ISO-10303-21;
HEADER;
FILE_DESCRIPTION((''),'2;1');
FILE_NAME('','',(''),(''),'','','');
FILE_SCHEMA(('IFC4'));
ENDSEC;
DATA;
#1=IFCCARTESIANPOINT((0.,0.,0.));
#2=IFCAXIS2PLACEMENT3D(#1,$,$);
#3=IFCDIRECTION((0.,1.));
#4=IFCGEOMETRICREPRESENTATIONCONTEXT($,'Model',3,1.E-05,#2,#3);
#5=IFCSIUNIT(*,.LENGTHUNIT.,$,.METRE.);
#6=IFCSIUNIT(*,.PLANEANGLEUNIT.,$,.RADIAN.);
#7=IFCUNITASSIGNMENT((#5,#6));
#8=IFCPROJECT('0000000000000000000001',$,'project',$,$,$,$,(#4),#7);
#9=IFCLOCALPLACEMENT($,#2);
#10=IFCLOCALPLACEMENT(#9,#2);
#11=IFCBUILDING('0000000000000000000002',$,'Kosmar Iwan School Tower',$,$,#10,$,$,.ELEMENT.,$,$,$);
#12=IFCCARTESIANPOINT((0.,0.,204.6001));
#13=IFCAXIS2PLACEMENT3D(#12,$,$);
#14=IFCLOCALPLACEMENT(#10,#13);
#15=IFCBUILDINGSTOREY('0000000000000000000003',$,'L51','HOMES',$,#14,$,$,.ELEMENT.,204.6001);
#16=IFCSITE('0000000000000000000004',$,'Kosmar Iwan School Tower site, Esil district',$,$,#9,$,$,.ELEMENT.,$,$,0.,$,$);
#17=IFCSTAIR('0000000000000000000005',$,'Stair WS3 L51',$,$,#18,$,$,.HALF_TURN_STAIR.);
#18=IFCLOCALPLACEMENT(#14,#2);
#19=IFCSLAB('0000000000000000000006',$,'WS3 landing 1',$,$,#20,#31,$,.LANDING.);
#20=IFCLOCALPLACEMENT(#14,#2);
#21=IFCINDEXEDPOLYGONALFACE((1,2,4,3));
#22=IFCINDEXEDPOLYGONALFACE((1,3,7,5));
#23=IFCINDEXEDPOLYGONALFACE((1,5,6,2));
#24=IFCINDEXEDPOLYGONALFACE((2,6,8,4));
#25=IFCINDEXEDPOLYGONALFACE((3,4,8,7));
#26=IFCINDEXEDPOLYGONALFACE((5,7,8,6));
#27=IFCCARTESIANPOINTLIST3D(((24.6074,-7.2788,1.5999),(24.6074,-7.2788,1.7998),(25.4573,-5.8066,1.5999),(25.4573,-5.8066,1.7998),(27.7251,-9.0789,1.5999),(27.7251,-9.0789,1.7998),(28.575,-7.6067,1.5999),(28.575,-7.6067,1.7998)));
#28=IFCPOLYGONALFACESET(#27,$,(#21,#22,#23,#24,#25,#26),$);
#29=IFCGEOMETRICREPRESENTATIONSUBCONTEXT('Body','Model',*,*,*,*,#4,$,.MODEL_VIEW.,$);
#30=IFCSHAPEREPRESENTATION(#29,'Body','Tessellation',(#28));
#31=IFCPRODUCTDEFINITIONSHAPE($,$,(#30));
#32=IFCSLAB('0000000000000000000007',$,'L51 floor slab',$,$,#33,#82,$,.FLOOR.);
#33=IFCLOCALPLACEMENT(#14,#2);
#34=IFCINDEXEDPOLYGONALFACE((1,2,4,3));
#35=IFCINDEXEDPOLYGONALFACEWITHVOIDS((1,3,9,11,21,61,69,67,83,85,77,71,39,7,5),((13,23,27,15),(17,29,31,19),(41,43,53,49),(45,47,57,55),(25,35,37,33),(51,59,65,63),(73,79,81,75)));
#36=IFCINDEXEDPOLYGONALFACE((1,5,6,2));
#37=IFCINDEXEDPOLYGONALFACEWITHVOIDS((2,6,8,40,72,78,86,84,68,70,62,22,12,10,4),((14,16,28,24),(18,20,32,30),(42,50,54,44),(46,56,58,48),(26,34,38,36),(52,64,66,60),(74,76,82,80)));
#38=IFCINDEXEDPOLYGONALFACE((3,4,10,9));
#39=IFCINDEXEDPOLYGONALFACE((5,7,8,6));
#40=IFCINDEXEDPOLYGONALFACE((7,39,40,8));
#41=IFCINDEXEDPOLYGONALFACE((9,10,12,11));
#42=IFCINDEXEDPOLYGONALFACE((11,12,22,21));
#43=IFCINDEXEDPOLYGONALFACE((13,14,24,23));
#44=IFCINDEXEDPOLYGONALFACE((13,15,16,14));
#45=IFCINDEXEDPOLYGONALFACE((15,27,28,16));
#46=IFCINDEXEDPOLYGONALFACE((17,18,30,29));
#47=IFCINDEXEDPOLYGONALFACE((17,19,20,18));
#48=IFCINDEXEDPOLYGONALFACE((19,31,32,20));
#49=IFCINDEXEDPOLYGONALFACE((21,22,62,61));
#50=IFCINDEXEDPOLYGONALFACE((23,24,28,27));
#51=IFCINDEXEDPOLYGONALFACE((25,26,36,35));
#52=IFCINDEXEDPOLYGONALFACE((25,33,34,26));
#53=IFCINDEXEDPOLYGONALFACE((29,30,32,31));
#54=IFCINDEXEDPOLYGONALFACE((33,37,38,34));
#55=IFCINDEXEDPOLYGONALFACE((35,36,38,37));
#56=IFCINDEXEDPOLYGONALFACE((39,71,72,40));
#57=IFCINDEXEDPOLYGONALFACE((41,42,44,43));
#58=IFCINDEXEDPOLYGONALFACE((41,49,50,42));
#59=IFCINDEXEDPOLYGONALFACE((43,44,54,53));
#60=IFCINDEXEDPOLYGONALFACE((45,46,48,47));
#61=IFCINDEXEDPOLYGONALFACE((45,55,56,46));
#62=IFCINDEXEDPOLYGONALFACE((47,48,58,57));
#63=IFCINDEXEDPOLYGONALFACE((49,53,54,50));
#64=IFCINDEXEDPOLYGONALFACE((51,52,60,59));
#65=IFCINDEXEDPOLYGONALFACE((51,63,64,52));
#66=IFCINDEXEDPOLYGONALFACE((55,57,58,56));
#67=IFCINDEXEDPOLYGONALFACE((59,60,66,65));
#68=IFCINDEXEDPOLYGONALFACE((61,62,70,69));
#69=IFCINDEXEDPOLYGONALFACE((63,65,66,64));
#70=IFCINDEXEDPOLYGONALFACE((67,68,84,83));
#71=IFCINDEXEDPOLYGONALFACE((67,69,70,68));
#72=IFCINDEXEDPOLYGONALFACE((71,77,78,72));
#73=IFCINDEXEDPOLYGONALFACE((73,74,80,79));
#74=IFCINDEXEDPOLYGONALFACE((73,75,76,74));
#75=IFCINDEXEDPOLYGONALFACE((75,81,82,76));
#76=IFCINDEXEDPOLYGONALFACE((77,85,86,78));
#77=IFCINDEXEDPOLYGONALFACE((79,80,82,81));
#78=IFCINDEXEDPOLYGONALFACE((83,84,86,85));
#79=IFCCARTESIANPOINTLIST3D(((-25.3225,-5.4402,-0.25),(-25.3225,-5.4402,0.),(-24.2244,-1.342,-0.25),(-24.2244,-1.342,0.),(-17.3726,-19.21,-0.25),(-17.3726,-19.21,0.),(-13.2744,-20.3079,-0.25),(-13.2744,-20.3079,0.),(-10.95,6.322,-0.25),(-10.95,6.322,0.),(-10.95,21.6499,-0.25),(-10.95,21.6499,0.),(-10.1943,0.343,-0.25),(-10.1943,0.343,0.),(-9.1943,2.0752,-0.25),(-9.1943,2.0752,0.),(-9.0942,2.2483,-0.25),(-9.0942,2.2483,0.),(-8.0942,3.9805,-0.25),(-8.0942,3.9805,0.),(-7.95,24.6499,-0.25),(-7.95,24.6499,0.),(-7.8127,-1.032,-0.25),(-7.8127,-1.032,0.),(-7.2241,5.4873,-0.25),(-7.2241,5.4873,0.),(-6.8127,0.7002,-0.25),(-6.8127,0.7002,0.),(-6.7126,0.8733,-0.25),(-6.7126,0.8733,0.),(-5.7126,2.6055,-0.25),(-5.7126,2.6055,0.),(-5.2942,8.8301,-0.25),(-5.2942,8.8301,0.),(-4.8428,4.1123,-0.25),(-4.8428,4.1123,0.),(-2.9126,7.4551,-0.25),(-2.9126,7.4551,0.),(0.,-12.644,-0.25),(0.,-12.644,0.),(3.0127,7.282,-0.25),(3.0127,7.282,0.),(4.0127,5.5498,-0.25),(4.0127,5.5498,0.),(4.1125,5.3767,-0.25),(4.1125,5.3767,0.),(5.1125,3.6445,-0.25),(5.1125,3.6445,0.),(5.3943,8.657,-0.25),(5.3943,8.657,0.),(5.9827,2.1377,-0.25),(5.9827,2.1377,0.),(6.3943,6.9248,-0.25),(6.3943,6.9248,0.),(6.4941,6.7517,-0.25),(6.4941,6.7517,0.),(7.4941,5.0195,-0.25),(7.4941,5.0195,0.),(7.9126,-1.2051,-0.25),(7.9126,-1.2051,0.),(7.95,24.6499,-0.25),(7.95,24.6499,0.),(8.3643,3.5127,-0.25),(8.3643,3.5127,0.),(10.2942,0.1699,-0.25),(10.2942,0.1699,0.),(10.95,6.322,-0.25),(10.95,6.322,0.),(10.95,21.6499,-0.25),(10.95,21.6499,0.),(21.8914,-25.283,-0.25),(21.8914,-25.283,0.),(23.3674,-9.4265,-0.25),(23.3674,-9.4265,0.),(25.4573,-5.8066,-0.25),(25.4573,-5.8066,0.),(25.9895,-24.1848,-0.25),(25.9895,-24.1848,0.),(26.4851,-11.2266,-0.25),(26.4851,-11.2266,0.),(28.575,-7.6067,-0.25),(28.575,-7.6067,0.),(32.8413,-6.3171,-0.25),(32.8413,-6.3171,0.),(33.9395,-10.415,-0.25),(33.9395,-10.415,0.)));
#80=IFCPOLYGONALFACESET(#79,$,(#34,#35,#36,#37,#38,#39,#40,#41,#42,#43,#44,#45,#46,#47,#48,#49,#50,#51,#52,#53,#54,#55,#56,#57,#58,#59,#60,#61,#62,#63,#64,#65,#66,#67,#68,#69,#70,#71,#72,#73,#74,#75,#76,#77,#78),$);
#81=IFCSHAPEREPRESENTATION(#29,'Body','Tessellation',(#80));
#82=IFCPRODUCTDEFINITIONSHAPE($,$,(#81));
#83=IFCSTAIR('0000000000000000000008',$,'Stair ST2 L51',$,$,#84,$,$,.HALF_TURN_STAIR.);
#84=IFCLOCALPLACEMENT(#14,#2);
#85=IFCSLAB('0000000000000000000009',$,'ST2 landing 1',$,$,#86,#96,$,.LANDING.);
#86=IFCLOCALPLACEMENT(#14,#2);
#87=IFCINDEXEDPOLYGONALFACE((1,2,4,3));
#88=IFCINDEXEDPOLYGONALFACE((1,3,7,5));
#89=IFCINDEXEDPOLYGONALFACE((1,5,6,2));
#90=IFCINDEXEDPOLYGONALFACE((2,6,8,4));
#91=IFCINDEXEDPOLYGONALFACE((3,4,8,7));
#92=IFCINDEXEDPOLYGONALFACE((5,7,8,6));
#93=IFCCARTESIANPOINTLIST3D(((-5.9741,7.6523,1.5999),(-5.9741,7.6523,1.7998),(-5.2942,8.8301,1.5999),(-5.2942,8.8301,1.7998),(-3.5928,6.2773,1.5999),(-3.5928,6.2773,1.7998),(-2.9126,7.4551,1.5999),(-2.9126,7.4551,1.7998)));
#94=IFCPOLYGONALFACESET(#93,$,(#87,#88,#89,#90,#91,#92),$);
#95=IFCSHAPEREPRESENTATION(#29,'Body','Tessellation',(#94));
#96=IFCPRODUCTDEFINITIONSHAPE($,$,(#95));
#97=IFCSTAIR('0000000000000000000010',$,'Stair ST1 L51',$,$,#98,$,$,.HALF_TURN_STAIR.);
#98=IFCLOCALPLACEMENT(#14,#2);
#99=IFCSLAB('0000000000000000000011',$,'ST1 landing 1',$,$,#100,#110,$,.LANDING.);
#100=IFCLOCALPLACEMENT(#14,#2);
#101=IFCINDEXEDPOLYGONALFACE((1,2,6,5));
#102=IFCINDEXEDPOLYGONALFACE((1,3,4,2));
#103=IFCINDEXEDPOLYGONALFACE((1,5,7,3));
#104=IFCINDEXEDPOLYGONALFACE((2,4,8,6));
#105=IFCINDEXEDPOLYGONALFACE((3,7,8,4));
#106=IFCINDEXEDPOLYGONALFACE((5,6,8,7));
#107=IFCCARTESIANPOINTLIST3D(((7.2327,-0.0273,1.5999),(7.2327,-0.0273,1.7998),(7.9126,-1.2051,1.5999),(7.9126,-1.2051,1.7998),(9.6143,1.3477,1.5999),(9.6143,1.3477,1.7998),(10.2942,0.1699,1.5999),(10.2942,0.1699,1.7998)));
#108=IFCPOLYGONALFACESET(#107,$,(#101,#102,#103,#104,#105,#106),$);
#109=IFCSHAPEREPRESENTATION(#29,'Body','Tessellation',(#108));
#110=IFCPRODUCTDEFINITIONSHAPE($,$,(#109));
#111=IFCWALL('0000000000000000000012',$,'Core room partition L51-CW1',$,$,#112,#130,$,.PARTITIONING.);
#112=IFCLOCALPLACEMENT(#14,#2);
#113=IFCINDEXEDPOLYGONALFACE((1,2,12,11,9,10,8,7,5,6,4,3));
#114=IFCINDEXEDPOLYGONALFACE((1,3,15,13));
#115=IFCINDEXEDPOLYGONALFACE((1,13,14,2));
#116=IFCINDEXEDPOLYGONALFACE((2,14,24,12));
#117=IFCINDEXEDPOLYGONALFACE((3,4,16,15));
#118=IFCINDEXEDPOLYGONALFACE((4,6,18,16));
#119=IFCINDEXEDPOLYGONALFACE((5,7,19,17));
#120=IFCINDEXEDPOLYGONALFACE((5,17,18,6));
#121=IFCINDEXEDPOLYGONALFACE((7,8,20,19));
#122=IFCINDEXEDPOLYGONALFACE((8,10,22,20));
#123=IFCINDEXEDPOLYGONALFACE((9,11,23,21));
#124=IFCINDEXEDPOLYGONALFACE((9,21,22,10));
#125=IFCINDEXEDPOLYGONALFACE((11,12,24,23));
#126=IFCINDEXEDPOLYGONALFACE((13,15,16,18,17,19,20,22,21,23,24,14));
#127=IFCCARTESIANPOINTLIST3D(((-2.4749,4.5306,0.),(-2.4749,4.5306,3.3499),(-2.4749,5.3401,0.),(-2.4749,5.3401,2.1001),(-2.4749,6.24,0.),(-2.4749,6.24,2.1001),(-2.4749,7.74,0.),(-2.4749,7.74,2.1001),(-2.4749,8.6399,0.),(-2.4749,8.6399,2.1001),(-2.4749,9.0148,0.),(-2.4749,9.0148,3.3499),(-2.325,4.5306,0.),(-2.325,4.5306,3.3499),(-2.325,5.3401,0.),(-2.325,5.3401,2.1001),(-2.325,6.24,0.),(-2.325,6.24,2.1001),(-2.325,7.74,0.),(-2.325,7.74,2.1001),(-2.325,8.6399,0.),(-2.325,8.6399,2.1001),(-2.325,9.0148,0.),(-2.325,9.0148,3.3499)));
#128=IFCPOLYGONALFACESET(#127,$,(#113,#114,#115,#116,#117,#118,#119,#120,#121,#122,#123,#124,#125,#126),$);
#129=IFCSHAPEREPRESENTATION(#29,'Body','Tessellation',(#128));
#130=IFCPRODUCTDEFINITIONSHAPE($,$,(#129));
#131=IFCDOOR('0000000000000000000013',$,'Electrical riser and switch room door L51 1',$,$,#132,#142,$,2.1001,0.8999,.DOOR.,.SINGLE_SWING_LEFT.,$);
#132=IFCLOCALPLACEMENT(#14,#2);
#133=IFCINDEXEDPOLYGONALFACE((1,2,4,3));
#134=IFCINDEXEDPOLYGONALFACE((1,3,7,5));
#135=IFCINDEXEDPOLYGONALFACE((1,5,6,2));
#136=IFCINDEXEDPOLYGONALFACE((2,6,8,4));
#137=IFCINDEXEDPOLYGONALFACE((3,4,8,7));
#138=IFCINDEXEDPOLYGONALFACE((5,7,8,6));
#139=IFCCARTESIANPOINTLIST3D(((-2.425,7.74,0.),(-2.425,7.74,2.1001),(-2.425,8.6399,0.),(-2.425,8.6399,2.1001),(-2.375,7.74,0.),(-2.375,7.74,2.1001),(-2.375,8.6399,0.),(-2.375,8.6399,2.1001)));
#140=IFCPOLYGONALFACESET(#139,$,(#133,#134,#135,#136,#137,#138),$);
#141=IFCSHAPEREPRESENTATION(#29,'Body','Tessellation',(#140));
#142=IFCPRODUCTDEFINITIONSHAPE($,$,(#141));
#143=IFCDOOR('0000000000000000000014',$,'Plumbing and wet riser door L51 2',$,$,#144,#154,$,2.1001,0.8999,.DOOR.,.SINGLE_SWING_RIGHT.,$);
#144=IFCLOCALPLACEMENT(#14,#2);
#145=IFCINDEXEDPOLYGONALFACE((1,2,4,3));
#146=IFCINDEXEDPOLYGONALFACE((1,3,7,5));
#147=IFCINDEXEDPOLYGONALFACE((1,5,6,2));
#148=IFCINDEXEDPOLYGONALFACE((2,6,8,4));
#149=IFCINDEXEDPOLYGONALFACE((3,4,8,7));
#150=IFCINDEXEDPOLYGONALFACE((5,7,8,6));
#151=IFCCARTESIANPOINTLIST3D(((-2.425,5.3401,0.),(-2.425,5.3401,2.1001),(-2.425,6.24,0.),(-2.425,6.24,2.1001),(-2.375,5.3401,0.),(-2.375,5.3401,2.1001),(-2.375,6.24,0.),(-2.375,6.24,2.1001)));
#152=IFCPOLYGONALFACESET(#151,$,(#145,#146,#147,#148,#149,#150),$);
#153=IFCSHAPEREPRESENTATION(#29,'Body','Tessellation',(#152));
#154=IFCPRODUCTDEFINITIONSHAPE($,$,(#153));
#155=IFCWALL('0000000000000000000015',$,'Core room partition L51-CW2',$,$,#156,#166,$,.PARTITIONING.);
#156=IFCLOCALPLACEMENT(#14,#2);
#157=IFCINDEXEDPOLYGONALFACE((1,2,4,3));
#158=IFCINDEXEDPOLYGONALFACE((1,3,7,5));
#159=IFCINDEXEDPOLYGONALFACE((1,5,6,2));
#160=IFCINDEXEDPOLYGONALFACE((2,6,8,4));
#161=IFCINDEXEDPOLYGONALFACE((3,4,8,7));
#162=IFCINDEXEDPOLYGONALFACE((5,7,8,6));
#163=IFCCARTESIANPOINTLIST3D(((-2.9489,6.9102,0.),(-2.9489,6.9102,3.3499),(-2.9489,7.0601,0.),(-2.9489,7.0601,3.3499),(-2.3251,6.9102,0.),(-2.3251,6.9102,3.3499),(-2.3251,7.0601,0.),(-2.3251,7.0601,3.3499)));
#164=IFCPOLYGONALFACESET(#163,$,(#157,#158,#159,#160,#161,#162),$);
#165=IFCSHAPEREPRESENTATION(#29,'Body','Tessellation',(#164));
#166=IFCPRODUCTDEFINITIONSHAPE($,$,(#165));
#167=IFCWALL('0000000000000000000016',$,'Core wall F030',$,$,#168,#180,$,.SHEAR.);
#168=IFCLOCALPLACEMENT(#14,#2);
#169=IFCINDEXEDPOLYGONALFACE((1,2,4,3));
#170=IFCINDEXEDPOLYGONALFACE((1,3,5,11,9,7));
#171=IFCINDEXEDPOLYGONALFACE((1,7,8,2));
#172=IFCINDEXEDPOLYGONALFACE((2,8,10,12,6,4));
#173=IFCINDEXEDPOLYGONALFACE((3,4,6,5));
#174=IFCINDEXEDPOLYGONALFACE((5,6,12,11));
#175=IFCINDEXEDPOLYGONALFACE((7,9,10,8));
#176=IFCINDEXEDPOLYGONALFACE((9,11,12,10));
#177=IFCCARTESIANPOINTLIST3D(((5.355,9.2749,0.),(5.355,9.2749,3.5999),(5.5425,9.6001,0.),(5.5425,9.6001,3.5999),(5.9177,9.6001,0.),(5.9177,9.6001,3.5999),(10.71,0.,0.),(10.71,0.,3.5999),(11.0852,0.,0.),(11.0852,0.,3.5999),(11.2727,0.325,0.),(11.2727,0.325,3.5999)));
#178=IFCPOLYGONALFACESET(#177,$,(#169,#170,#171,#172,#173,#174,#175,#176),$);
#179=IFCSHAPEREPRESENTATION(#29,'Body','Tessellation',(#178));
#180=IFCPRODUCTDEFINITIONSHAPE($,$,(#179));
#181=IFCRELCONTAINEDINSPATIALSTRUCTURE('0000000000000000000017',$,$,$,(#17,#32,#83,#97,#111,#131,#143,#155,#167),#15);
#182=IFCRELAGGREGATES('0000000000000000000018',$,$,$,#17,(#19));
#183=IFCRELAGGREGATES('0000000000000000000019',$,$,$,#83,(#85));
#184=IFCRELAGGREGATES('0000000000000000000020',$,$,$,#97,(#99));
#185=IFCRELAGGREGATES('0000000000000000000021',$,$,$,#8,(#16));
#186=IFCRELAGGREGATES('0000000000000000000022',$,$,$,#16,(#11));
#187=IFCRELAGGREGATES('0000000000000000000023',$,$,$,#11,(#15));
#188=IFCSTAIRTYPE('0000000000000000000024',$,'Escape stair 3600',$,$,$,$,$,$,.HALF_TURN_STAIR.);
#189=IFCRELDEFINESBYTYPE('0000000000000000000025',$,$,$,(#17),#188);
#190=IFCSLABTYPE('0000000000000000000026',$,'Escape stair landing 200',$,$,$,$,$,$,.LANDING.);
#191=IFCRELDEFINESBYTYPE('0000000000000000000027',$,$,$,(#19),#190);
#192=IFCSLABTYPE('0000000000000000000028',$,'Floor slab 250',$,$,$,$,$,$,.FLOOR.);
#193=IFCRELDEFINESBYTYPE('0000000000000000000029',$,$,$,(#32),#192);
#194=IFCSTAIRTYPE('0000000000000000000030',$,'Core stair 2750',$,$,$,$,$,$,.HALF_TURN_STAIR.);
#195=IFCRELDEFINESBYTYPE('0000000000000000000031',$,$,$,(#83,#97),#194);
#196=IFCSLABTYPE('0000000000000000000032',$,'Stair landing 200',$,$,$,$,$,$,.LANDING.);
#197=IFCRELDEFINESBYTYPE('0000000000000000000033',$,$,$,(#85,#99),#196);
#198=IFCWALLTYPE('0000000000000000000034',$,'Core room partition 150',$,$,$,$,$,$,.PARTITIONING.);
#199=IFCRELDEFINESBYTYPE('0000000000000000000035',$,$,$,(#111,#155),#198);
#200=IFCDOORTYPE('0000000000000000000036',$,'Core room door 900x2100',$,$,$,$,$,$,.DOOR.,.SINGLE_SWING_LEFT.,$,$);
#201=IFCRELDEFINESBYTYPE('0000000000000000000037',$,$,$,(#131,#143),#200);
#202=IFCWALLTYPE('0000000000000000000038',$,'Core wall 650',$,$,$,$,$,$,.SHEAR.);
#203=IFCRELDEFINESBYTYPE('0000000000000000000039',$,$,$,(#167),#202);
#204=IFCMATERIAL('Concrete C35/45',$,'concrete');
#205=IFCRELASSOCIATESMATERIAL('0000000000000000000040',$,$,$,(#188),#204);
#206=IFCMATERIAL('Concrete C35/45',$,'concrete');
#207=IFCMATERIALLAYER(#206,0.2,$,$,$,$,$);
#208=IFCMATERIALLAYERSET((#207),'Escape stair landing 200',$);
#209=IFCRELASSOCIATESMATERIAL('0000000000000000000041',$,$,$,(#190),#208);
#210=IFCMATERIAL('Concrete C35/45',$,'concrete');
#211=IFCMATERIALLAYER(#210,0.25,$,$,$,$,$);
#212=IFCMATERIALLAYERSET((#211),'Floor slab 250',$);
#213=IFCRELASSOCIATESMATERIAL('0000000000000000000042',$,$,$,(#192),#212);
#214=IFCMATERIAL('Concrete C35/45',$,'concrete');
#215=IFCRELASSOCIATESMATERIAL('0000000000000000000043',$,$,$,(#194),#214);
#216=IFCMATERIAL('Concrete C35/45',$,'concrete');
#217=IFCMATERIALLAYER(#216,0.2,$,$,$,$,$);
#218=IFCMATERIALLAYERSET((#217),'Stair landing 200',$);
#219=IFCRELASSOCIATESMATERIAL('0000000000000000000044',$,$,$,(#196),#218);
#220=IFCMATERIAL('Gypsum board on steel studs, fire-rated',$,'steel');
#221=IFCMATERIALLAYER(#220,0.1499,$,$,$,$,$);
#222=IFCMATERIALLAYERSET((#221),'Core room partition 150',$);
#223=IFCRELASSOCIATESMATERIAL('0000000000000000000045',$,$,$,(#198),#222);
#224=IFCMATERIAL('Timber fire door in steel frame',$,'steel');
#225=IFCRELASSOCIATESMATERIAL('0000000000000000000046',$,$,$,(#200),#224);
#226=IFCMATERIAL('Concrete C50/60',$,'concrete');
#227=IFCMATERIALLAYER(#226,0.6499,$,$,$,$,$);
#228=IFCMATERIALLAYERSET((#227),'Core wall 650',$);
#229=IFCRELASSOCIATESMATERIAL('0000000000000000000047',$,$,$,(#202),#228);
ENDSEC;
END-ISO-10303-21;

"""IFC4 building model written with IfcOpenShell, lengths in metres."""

from ifc_helpers import new_model, si_unit, direction, frame, frame_2d, origin, place, context, subcontext, project, spatial, polyline, rectangle, outline, extrude, material, layer, layer_set, type_object, element, fill, aggregate, save


model = new_model("IFC4")

# Units and contexts
model_context = context("Model", 3, precision=1e-05, world=origin(), true_north=direction((0.0, 1.0)))
body_context = subcontext(model_context, "Body", "Model", "MODEL_VIEW")
ifc_project = project(units=[si_unit("LENGTHUNIT", "METRE"), si_unit("PLANEANGLEUNIT", "RADIAN")], contexts=[model_context])

# Site, building, storey
site_placement = place(None, origin())
site = spatial("IfcSite", under=ifc_project, at=site_placement, Name="Kosmar Iwan School Tower site, Esil district", CompositionType="ELEMENT", RefElevation=0.0)
building_placement = place(site_placement, origin())
building = spatial("IfcBuilding", under=site, at=building_placement, Name="Kosmar Iwan School Tower", CompositionType="ELEMENT")
storey_placement = place(building_placement, frame((0.0, 0.0, 204.6001)))
storey = spatial("IfcBuildingStorey", under=building, at=storey_placement, Name="L51", Description="HOMES", CompositionType="ELEMENT", Elevation=204.6001)

# Stair, slab
ifc_material_1 = material(Name="Concrete C35/45", Category="concrete")
stair_type_1 = type_object("IfcStairType", Name="Escape stair 3600", PredefinedType="HALF_TURN_STAIR", material=ifc_material_1)
stair_1_placement = place(storey_placement, origin())
stair_1 = element("IfcStair", 1, at=stair_1_placement, inside=storey, type_object=stair_type_1, Name="Stair WS3 L51", PredefinedType="HALF_TURN_STAIR")
ifc_material_2 = material(Name="Concrete C35/45", Category="concrete")
ifc_layer_1 = layer(ifc_material_2, 0.2)
ifc_layer_set_1 = layer_set([ifc_layer_1], Name="Escape stair landing 200")
slab_type_1 = type_object("IfcSlabType", Name="Escape stair landing 200", PredefinedType="LANDING", material=ifc_layer_set_1)
slab_1_placement = place(storey_placement, frame((0.0, 0.0, 1.5999)))
slab_1 = element("IfcSlab", 2, at=slab_1_placement, type_object=slab_type_1, Name="WS3 landing 1", PredefinedType="LANDING", context=body_context, shape_type="SweptSolid", body=[
    extrude(outline(polyline([(24.6074, -7.2788), (27.7251, -9.0789), (28.575, -7.6067), (25.4573, -5.8066), (24.6074, -7.2788)])), origin(), (0.0, 0.0, 1.0), 0.2),
])
aggregate(stair_1, [slab_1])

# Slab
ifc_material_3 = material(Name="Concrete C35/45", Category="concrete")
ifc_layer_2 = layer(ifc_material_3, 0.25)
ifc_layer_set_2 = layer_set([ifc_layer_2], Name="Floor slab 250")
slab_type_2 = type_object("IfcSlabType", Name="Floor slab 250", PredefinedType="FLOOR", material=ifc_layer_set_2)
slab_2_placement = place(storey_placement, frame((0.0, 0.0, -0.25)))
element("IfcSlab", 3, at=slab_2_placement, inside=storey, type_object=slab_type_2, Name="L51 floor slab", PredefinedType="FLOOR", context=body_context, shape_type="SweptSolid", body=[
    extrude(outline(polyline([(21.8914, -25.283), (25.9895, -24.1848), (33.9395, -10.415), (32.8413, -6.3171), (10.95, 6.322), (10.95, 21.6499), (7.95, 24.6499), (-7.95, 24.6499), (-10.95, 21.6499), (-10.95, 6.322), (-24.2244, -1.342), (-25.3225, -5.4402), (-17.3726, -19.21), (-13.2744, -20.3079), (0.0, -12.644), (21.8914, -25.283)]), holes=[polyline([(7.9126, -1.2051), (10.2942, 0.1699), (8.3643, 3.5127), (5.9827, 2.1377), (7.9126, -1.2051)]), polyline([(-2.9126, 7.4551), (-5.2942, 8.8301), (-7.2241, 5.4873), (-4.8428, 4.1123), (-2.9126, 7.4551)]), polyline([(-5.7126, 2.6055), (-8.0942, 3.9805), (-9.0942, 2.2483), (-6.7126, 0.8733), (-5.7126, 2.6055)]), polyline([(-6.8127, 0.7002), (-9.1943, 2.0752), (-10.1943, 0.343), (-7.8127, -1.032), (-6.8127, 0.7002)]), polyline([(5.1125, 3.6445), (7.4941, 5.0195), (6.4941, 6.7517), (4.1125, 5.3767), (5.1125, 3.6445)]), polyline([(4.0127, 5.5498), (6.3943, 6.9248), (5.3943, 8.657), (3.0127, 7.282), (4.0127, 5.5498)]), polyline([(23.3674, -9.4265), (26.4851, -11.2266), (28.575, -7.6067), (25.4573, -5.8066), (23.3674, -9.4265)])]), origin(), (0.0, 0.0, 1.0), 0.25),
])

# Stairs, slabs
ifc_material_4 = material(Name="Concrete C35/45", Category="concrete")
stair_type_2 = type_object("IfcStairType", Name="Core stair 2750", PredefinedType="HALF_TURN_STAIR", material=ifc_material_4)
stair_2_placement = place(storey_placement, origin())
stair_2 = element("IfcStair", 4, at=stair_2_placement, inside=storey, type_object=stair_type_2, Name="Stair ST2 L51", PredefinedType="HALF_TURN_STAIR")
ifc_material_5 = material(Name="Concrete C35/45", Category="concrete")
ifc_layer_3 = layer(ifc_material_5, 0.2)
ifc_layer_set_3 = layer_set([ifc_layer_3], Name="Stair landing 200")
slab_type_3 = type_object("IfcSlabType", Name="Stair landing 200", PredefinedType="LANDING", material=ifc_layer_set_3)
slab_3_placement = place(storey_placement, frame((0.0, 0.0, 1.5999)))
slab_3 = element("IfcSlab", 5, at=slab_3_placement, type_object=slab_type_3, Name="ST2 landing 1", PredefinedType="LANDING", context=body_context, shape_type="SweptSolid", body=[
    extrude(outline(polyline([(-2.9126, 7.4551), (-5.2942, 8.8301), (-5.9741, 7.6523), (-3.5928, 6.2773), (-2.9126, 7.4551)])), origin(), (0.0, 0.0, 1.0), 0.2),
])
aggregate(stair_2, [slab_3])
stair_3_placement = place(storey_placement, origin())
stair_3 = element("IfcStair", 6, at=stair_3_placement, inside=storey, type_object=stair_type_2, Name="Stair ST1 L51", PredefinedType="HALF_TURN_STAIR")
slab_4_placement = place(storey_placement, frame((0.0, 0.0, 1.5999)))
slab_4 = element("IfcSlab", 7, at=slab_4_placement, type_object=slab_type_3, Name="ST1 landing 1", PredefinedType="LANDING", context=body_context, shape_type="SweptSolid", body=[
    extrude(outline(polyline([(7.9126, -1.2051), (10.2942, 0.1699), (9.6143, 1.3477), (7.2327, -0.0273), (7.9126, -1.2051)])), origin(), (0.0, 0.0, 1.0), 0.2),
])
aggregate(stair_3, [slab_4])

# Wall, openings, doors
ifc_material_6 = material(Name="Gypsum board on steel studs, fire-rated", Category="steel")
ifc_layer_4 = layer(ifc_material_6, 0.1499)
ifc_layer_set_4 = layer_set([ifc_layer_4], Name="Core room partition 150")
wall_type_1 = type_object("IfcWallType", Name="Core room partition 150", PredefinedType="PARTITIONING", material=ifc_layer_set_4)
wall_1_placement = place(storey_placement, frame((-2.3999, 9.0149, 0.0), z_axis=(0.0, 0.0, 1.0), x_axis=(0.0, -1.0, 0.0)))
wall_1 = element("IfcWall", 8, at=wall_1_placement, inside=storey, type_object=wall_type_1, Name="Core room partition L51-CW1", PredefinedType="PARTITIONING", context=body_context, shape_type="SweptSolid", body=[
    extrude(rectangle(XDim=4.4841, YDim=0.1499, at=frame_2d((2.2422, 0.0))), origin(), (0.0, 0.0, 1.0), 3.3499),
])
opening_1_placement = place(wall_1_placement, frame((0.375, 0.0, 0.0)))
opening_1 = element("IfcOpeningElement", 9, at=opening_1_placement, cuts=wall_1, PredefinedType="OPENING", context=body_context, shape_type="SweptSolid", body=[
    extrude(rectangle(XDim=0.8999, YDim=2.1001, at=frame_2d((0.45, 1.05))), frame((0.0, 0.0869, 0.0), z_axis=(0.0, -1.0, 0.0), x_axis=(1.0, 0.0, 0.0)), (0.0, 0.0, 1.0), 0.1738),
])
opening_2_placement = place(wall_1_placement, frame((2.7749, 0.0, 0.0)))
opening_2 = element("IfcOpeningElement", 10, at=opening_2_placement, cuts=wall_1, PredefinedType="OPENING", context=body_context, shape_type="SweptSolid", body=[
    extrude(rectangle(XDim=0.8999, YDim=2.1001, at=frame_2d((0.45, 1.05))), frame((0.0, 0.0869, 0.0), z_axis=(0.0, -1.0, 0.0), x_axis=(1.0, 0.0, 0.0)), (0.0, 0.0, 1.0), 0.1738),
])
ifc_material_7 = material(Name="Timber fire door in steel frame", Category="steel")
door_type_1 = type_object("IfcDoorType", Name="Core room door 900x2100", OperationType="SINGLE_SWING_LEFT", PredefinedType="DOOR", material=ifc_material_7)
door_1_placement = place(opening_1_placement, origin())
door_1 = element("IfcDoor", 11, at=door_1_placement, inside=storey, type_object=door_type_1, Name="Electrical riser and switch room door L51 1", OperationType="SINGLE_SWING_LEFT", OverallHeight=2.1001, OverallWidth=0.8999, PredefinedType="DOOR", context=body_context, shape_type="SweptSolid", body=[
    extrude(rectangle(XDim=0.8999, YDim=2.1001, at=frame_2d((0.45, 1.05))), frame((0.0, 0.0249, 0.0), z_axis=(0.0, -1.0, 0.0), x_axis=(1.0, 0.0, 0.0)), (0.0, 0.0, 1.0), 0.05),
])
fill(opening_1, door_1)
door_2_placement = place(opening_2_placement, origin())
door_2 = element("IfcDoor", 12, at=door_2_placement, inside=storey, type_object=door_type_1, Name="Plumbing and wet riser door L51 2", OperationType="SINGLE_SWING_RIGHT", OverallHeight=2.1001, OverallWidth=0.8999, PredefinedType="DOOR", context=body_context, shape_type="SweptSolid", body=[
    extrude(rectangle(XDim=0.8999, YDim=2.1001, at=frame_2d((0.45, 1.05))), frame((0.0, 0.0249, 0.0), z_axis=(0.0, -1.0, 0.0), x_axis=(1.0, 0.0, 0.0)), (0.0, 0.0, 1.0), 0.05),
])
fill(opening_2, door_2)

# Walls
wall_2_placement = place(storey_placement, frame((-2.325, 6.9851, 0.0), z_axis=(0.0, 0.0, 1.0), x_axis=(-1.0, 0.0, 0.0)))
element("IfcWall", 13, at=wall_2_placement, inside=storey, type_object=wall_type_1, Name="Core room partition L51-CW2", PredefinedType="PARTITIONING", context=body_context, shape_type="SweptSolid", body=[
    extrude(rectangle(XDim=0.6238, YDim=0.1499, at=frame_2d((0.312, 0.0))), origin(), (0.0, 0.0, 1.0), 3.3499),
])
ifc_material_8 = material(Name="Concrete C50/60", Category="concrete")
ifc_layer_5 = layer(ifc_material_8, 0.6499)
ifc_layer_set_5 = layer_set([ifc_layer_5], Name="Core wall 650")
wall_type_2 = type_object("IfcWallType", Name="Core wall 650", PredefinedType="SHEAR", material=ifc_layer_set_5)
wall_3_placement = place(storey_placement, origin())
element("IfcWall", 14, at=wall_3_placement, inside=storey, type_object=wall_type_2, Name="Core wall F030", PredefinedType="SHEAR", context=body_context, shape_type="SweptSolid", body=[
    extrude(outline(polyline([(10.71, 0.0), (11.0852, 0.0), (11.2727, 0.325), (5.9177, 9.6001), (5.5425, 9.6001), (5.355, 9.2749), (10.71, 0.0)])), origin(), (0.0, 0.0, 1.0), 3.5999),
])

save(model, "model.ifc")
